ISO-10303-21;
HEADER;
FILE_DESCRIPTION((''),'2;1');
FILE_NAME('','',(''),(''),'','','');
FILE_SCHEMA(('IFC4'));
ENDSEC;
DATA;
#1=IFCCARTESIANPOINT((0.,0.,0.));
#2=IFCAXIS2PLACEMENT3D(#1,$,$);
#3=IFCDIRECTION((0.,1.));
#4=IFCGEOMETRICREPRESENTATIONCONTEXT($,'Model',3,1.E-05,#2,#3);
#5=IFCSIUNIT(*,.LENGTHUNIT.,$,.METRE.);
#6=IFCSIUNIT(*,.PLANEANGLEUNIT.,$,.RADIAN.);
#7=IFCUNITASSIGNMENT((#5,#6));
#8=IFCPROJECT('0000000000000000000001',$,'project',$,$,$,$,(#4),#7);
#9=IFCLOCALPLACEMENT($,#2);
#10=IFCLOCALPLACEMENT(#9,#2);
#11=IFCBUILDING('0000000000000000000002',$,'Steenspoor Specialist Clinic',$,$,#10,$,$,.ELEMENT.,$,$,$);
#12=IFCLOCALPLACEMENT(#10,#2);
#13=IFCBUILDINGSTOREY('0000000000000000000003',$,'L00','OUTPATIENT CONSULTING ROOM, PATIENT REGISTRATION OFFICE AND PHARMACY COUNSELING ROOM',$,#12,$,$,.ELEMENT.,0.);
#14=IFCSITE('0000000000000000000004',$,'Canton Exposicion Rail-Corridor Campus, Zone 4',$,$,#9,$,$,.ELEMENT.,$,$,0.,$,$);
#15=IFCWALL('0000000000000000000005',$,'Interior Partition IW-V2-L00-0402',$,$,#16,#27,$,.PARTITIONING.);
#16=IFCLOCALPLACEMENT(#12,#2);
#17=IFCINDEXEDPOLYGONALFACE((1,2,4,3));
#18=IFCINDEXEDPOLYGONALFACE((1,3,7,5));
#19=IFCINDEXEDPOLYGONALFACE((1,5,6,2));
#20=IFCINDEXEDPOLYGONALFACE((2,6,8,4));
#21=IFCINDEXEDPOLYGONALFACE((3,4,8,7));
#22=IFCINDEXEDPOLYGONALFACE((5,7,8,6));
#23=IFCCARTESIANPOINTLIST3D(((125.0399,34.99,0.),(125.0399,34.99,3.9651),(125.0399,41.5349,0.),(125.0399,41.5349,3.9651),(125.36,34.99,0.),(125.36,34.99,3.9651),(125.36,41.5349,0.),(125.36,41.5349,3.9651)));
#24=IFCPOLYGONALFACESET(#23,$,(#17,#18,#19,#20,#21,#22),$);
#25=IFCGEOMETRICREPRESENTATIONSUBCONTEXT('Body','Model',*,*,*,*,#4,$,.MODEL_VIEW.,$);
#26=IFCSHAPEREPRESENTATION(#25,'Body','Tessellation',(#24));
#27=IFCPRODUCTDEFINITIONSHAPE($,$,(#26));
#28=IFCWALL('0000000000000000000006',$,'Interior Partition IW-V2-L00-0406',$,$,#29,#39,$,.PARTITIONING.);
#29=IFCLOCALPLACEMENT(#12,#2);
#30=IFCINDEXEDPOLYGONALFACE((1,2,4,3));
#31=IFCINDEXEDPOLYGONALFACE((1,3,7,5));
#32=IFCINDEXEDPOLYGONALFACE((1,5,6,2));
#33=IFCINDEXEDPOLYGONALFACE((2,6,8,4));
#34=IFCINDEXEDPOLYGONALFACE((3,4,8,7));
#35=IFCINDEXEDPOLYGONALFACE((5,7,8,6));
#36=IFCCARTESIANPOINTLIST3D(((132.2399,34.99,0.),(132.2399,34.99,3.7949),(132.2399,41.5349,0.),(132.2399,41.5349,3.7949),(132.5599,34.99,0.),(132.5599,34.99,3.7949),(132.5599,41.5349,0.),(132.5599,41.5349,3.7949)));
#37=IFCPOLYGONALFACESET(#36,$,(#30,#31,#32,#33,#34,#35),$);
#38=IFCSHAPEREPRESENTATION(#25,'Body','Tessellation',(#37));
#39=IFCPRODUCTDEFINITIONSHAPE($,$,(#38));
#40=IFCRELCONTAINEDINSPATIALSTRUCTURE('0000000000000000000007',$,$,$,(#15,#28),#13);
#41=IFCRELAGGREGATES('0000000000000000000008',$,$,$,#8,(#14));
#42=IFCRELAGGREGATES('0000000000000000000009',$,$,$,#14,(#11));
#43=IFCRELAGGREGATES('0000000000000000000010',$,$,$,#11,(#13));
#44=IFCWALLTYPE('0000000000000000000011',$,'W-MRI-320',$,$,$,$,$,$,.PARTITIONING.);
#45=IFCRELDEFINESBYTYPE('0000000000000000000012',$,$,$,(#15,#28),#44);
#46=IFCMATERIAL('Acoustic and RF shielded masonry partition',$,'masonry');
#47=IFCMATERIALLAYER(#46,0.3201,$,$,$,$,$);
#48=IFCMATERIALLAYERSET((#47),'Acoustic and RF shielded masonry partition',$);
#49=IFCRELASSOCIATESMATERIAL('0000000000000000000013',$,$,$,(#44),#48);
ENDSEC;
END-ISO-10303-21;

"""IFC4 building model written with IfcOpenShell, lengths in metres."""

from ifc_helpers import new_model, si_unit, direction, frame, frame_2d, origin, place, context, subcontext, project, spatial, rectangle, extrude, material, layer, layer_set, type_object, element, save


model = new_model("IFC4")

# Units and contexts
model_context = context("Model", 3, precision=1e-05, world=origin(), true_north=direction((0.0, 1.0)))
body_context = subcontext(model_context, "Body", "Model", "MODEL_VIEW")
ifc_project = project(units=[si_unit("LENGTHUNIT", "METRE"), si_unit("PLANEANGLEUNIT", "RADIAN")], contexts=[model_context])

# Site, building, storey
site_placement = place(None, origin())
site = spatial("IfcSite", under=ifc_project, at=site_placement, Name="Canton Exposicion Rail-Corridor Campus, Zone 4", CompositionType="ELEMENT", RefElevation=0.0)
building_placement = place(site_placement, origin())
building = spatial("IfcBuilding", under=site, at=building_placement, Name="Steenspoor Specialist Clinic", CompositionType="ELEMENT")
storey_placement = place(building_placement, origin())
storey = spatial("IfcBuildingStorey", under=building, at=storey_placement, Name="L00", Description="OUTPATIENT CONSULTING ROOM, PATIENT REGISTRATION OFFICE AND PHARMACY COUNSELING ROOM", CompositionType="ELEMENT", Elevation=0.0)

# Walls
ifc_material_1 = material(Name="Acoustic and RF shielded masonry partition", Category="masonry")
ifc_layer = layer(ifc_material_1, 0.3201)
ifc_layer_set = layer_set([ifc_layer], Name="Acoustic and RF shielded masonry partition")
wall_type = type_object("IfcWallType", Name="W-MRI-320", PredefinedType="PARTITIONING", material=ifc_layer_set)
wall_1_placement = place(storey_placement, frame((125.2, 34.99, 0.0), z_axis=(0.0, 0.0, 1.0), x_axis=(0.0, 1.0, 0.0)))
element("IfcWall", 1, at=wall_1_placement, inside=storey, type_object=wall_type, Name="Interior Partition IW-V2-L00-0402", PredefinedType="PARTITIONING", context=body_context, shape_type="SweptSolid", body=[
    extrude(rectangle(XDim=6.5449, YDim=0.3201, at=frame_2d((3.2725, 0.0))), origin(), (0.0, 0.0, 1.0), 3.9651),
])
wall_2_placement = place(storey_placement, frame((132.3999, 34.99, 0.0), z_axis=(0.0, 0.0, 1.0), x_axis=(0.0, 1.0, 0.0)))
element("IfcWall", 2, at=wall_2_placement, inside=storey, type_object=wall_type, Name="Interior Partition IW-V2-L00-0406", PredefinedType="PARTITIONING", context=body_context, shape_type="SweptSolid", body=[
    extrude(rectangle(XDim=6.5449, YDim=0.3201, at=frame_2d((3.2725, 0.0))), origin(), (0.0, 0.0, 1.0), 3.7949),
])

save(model, "model.ifc")
